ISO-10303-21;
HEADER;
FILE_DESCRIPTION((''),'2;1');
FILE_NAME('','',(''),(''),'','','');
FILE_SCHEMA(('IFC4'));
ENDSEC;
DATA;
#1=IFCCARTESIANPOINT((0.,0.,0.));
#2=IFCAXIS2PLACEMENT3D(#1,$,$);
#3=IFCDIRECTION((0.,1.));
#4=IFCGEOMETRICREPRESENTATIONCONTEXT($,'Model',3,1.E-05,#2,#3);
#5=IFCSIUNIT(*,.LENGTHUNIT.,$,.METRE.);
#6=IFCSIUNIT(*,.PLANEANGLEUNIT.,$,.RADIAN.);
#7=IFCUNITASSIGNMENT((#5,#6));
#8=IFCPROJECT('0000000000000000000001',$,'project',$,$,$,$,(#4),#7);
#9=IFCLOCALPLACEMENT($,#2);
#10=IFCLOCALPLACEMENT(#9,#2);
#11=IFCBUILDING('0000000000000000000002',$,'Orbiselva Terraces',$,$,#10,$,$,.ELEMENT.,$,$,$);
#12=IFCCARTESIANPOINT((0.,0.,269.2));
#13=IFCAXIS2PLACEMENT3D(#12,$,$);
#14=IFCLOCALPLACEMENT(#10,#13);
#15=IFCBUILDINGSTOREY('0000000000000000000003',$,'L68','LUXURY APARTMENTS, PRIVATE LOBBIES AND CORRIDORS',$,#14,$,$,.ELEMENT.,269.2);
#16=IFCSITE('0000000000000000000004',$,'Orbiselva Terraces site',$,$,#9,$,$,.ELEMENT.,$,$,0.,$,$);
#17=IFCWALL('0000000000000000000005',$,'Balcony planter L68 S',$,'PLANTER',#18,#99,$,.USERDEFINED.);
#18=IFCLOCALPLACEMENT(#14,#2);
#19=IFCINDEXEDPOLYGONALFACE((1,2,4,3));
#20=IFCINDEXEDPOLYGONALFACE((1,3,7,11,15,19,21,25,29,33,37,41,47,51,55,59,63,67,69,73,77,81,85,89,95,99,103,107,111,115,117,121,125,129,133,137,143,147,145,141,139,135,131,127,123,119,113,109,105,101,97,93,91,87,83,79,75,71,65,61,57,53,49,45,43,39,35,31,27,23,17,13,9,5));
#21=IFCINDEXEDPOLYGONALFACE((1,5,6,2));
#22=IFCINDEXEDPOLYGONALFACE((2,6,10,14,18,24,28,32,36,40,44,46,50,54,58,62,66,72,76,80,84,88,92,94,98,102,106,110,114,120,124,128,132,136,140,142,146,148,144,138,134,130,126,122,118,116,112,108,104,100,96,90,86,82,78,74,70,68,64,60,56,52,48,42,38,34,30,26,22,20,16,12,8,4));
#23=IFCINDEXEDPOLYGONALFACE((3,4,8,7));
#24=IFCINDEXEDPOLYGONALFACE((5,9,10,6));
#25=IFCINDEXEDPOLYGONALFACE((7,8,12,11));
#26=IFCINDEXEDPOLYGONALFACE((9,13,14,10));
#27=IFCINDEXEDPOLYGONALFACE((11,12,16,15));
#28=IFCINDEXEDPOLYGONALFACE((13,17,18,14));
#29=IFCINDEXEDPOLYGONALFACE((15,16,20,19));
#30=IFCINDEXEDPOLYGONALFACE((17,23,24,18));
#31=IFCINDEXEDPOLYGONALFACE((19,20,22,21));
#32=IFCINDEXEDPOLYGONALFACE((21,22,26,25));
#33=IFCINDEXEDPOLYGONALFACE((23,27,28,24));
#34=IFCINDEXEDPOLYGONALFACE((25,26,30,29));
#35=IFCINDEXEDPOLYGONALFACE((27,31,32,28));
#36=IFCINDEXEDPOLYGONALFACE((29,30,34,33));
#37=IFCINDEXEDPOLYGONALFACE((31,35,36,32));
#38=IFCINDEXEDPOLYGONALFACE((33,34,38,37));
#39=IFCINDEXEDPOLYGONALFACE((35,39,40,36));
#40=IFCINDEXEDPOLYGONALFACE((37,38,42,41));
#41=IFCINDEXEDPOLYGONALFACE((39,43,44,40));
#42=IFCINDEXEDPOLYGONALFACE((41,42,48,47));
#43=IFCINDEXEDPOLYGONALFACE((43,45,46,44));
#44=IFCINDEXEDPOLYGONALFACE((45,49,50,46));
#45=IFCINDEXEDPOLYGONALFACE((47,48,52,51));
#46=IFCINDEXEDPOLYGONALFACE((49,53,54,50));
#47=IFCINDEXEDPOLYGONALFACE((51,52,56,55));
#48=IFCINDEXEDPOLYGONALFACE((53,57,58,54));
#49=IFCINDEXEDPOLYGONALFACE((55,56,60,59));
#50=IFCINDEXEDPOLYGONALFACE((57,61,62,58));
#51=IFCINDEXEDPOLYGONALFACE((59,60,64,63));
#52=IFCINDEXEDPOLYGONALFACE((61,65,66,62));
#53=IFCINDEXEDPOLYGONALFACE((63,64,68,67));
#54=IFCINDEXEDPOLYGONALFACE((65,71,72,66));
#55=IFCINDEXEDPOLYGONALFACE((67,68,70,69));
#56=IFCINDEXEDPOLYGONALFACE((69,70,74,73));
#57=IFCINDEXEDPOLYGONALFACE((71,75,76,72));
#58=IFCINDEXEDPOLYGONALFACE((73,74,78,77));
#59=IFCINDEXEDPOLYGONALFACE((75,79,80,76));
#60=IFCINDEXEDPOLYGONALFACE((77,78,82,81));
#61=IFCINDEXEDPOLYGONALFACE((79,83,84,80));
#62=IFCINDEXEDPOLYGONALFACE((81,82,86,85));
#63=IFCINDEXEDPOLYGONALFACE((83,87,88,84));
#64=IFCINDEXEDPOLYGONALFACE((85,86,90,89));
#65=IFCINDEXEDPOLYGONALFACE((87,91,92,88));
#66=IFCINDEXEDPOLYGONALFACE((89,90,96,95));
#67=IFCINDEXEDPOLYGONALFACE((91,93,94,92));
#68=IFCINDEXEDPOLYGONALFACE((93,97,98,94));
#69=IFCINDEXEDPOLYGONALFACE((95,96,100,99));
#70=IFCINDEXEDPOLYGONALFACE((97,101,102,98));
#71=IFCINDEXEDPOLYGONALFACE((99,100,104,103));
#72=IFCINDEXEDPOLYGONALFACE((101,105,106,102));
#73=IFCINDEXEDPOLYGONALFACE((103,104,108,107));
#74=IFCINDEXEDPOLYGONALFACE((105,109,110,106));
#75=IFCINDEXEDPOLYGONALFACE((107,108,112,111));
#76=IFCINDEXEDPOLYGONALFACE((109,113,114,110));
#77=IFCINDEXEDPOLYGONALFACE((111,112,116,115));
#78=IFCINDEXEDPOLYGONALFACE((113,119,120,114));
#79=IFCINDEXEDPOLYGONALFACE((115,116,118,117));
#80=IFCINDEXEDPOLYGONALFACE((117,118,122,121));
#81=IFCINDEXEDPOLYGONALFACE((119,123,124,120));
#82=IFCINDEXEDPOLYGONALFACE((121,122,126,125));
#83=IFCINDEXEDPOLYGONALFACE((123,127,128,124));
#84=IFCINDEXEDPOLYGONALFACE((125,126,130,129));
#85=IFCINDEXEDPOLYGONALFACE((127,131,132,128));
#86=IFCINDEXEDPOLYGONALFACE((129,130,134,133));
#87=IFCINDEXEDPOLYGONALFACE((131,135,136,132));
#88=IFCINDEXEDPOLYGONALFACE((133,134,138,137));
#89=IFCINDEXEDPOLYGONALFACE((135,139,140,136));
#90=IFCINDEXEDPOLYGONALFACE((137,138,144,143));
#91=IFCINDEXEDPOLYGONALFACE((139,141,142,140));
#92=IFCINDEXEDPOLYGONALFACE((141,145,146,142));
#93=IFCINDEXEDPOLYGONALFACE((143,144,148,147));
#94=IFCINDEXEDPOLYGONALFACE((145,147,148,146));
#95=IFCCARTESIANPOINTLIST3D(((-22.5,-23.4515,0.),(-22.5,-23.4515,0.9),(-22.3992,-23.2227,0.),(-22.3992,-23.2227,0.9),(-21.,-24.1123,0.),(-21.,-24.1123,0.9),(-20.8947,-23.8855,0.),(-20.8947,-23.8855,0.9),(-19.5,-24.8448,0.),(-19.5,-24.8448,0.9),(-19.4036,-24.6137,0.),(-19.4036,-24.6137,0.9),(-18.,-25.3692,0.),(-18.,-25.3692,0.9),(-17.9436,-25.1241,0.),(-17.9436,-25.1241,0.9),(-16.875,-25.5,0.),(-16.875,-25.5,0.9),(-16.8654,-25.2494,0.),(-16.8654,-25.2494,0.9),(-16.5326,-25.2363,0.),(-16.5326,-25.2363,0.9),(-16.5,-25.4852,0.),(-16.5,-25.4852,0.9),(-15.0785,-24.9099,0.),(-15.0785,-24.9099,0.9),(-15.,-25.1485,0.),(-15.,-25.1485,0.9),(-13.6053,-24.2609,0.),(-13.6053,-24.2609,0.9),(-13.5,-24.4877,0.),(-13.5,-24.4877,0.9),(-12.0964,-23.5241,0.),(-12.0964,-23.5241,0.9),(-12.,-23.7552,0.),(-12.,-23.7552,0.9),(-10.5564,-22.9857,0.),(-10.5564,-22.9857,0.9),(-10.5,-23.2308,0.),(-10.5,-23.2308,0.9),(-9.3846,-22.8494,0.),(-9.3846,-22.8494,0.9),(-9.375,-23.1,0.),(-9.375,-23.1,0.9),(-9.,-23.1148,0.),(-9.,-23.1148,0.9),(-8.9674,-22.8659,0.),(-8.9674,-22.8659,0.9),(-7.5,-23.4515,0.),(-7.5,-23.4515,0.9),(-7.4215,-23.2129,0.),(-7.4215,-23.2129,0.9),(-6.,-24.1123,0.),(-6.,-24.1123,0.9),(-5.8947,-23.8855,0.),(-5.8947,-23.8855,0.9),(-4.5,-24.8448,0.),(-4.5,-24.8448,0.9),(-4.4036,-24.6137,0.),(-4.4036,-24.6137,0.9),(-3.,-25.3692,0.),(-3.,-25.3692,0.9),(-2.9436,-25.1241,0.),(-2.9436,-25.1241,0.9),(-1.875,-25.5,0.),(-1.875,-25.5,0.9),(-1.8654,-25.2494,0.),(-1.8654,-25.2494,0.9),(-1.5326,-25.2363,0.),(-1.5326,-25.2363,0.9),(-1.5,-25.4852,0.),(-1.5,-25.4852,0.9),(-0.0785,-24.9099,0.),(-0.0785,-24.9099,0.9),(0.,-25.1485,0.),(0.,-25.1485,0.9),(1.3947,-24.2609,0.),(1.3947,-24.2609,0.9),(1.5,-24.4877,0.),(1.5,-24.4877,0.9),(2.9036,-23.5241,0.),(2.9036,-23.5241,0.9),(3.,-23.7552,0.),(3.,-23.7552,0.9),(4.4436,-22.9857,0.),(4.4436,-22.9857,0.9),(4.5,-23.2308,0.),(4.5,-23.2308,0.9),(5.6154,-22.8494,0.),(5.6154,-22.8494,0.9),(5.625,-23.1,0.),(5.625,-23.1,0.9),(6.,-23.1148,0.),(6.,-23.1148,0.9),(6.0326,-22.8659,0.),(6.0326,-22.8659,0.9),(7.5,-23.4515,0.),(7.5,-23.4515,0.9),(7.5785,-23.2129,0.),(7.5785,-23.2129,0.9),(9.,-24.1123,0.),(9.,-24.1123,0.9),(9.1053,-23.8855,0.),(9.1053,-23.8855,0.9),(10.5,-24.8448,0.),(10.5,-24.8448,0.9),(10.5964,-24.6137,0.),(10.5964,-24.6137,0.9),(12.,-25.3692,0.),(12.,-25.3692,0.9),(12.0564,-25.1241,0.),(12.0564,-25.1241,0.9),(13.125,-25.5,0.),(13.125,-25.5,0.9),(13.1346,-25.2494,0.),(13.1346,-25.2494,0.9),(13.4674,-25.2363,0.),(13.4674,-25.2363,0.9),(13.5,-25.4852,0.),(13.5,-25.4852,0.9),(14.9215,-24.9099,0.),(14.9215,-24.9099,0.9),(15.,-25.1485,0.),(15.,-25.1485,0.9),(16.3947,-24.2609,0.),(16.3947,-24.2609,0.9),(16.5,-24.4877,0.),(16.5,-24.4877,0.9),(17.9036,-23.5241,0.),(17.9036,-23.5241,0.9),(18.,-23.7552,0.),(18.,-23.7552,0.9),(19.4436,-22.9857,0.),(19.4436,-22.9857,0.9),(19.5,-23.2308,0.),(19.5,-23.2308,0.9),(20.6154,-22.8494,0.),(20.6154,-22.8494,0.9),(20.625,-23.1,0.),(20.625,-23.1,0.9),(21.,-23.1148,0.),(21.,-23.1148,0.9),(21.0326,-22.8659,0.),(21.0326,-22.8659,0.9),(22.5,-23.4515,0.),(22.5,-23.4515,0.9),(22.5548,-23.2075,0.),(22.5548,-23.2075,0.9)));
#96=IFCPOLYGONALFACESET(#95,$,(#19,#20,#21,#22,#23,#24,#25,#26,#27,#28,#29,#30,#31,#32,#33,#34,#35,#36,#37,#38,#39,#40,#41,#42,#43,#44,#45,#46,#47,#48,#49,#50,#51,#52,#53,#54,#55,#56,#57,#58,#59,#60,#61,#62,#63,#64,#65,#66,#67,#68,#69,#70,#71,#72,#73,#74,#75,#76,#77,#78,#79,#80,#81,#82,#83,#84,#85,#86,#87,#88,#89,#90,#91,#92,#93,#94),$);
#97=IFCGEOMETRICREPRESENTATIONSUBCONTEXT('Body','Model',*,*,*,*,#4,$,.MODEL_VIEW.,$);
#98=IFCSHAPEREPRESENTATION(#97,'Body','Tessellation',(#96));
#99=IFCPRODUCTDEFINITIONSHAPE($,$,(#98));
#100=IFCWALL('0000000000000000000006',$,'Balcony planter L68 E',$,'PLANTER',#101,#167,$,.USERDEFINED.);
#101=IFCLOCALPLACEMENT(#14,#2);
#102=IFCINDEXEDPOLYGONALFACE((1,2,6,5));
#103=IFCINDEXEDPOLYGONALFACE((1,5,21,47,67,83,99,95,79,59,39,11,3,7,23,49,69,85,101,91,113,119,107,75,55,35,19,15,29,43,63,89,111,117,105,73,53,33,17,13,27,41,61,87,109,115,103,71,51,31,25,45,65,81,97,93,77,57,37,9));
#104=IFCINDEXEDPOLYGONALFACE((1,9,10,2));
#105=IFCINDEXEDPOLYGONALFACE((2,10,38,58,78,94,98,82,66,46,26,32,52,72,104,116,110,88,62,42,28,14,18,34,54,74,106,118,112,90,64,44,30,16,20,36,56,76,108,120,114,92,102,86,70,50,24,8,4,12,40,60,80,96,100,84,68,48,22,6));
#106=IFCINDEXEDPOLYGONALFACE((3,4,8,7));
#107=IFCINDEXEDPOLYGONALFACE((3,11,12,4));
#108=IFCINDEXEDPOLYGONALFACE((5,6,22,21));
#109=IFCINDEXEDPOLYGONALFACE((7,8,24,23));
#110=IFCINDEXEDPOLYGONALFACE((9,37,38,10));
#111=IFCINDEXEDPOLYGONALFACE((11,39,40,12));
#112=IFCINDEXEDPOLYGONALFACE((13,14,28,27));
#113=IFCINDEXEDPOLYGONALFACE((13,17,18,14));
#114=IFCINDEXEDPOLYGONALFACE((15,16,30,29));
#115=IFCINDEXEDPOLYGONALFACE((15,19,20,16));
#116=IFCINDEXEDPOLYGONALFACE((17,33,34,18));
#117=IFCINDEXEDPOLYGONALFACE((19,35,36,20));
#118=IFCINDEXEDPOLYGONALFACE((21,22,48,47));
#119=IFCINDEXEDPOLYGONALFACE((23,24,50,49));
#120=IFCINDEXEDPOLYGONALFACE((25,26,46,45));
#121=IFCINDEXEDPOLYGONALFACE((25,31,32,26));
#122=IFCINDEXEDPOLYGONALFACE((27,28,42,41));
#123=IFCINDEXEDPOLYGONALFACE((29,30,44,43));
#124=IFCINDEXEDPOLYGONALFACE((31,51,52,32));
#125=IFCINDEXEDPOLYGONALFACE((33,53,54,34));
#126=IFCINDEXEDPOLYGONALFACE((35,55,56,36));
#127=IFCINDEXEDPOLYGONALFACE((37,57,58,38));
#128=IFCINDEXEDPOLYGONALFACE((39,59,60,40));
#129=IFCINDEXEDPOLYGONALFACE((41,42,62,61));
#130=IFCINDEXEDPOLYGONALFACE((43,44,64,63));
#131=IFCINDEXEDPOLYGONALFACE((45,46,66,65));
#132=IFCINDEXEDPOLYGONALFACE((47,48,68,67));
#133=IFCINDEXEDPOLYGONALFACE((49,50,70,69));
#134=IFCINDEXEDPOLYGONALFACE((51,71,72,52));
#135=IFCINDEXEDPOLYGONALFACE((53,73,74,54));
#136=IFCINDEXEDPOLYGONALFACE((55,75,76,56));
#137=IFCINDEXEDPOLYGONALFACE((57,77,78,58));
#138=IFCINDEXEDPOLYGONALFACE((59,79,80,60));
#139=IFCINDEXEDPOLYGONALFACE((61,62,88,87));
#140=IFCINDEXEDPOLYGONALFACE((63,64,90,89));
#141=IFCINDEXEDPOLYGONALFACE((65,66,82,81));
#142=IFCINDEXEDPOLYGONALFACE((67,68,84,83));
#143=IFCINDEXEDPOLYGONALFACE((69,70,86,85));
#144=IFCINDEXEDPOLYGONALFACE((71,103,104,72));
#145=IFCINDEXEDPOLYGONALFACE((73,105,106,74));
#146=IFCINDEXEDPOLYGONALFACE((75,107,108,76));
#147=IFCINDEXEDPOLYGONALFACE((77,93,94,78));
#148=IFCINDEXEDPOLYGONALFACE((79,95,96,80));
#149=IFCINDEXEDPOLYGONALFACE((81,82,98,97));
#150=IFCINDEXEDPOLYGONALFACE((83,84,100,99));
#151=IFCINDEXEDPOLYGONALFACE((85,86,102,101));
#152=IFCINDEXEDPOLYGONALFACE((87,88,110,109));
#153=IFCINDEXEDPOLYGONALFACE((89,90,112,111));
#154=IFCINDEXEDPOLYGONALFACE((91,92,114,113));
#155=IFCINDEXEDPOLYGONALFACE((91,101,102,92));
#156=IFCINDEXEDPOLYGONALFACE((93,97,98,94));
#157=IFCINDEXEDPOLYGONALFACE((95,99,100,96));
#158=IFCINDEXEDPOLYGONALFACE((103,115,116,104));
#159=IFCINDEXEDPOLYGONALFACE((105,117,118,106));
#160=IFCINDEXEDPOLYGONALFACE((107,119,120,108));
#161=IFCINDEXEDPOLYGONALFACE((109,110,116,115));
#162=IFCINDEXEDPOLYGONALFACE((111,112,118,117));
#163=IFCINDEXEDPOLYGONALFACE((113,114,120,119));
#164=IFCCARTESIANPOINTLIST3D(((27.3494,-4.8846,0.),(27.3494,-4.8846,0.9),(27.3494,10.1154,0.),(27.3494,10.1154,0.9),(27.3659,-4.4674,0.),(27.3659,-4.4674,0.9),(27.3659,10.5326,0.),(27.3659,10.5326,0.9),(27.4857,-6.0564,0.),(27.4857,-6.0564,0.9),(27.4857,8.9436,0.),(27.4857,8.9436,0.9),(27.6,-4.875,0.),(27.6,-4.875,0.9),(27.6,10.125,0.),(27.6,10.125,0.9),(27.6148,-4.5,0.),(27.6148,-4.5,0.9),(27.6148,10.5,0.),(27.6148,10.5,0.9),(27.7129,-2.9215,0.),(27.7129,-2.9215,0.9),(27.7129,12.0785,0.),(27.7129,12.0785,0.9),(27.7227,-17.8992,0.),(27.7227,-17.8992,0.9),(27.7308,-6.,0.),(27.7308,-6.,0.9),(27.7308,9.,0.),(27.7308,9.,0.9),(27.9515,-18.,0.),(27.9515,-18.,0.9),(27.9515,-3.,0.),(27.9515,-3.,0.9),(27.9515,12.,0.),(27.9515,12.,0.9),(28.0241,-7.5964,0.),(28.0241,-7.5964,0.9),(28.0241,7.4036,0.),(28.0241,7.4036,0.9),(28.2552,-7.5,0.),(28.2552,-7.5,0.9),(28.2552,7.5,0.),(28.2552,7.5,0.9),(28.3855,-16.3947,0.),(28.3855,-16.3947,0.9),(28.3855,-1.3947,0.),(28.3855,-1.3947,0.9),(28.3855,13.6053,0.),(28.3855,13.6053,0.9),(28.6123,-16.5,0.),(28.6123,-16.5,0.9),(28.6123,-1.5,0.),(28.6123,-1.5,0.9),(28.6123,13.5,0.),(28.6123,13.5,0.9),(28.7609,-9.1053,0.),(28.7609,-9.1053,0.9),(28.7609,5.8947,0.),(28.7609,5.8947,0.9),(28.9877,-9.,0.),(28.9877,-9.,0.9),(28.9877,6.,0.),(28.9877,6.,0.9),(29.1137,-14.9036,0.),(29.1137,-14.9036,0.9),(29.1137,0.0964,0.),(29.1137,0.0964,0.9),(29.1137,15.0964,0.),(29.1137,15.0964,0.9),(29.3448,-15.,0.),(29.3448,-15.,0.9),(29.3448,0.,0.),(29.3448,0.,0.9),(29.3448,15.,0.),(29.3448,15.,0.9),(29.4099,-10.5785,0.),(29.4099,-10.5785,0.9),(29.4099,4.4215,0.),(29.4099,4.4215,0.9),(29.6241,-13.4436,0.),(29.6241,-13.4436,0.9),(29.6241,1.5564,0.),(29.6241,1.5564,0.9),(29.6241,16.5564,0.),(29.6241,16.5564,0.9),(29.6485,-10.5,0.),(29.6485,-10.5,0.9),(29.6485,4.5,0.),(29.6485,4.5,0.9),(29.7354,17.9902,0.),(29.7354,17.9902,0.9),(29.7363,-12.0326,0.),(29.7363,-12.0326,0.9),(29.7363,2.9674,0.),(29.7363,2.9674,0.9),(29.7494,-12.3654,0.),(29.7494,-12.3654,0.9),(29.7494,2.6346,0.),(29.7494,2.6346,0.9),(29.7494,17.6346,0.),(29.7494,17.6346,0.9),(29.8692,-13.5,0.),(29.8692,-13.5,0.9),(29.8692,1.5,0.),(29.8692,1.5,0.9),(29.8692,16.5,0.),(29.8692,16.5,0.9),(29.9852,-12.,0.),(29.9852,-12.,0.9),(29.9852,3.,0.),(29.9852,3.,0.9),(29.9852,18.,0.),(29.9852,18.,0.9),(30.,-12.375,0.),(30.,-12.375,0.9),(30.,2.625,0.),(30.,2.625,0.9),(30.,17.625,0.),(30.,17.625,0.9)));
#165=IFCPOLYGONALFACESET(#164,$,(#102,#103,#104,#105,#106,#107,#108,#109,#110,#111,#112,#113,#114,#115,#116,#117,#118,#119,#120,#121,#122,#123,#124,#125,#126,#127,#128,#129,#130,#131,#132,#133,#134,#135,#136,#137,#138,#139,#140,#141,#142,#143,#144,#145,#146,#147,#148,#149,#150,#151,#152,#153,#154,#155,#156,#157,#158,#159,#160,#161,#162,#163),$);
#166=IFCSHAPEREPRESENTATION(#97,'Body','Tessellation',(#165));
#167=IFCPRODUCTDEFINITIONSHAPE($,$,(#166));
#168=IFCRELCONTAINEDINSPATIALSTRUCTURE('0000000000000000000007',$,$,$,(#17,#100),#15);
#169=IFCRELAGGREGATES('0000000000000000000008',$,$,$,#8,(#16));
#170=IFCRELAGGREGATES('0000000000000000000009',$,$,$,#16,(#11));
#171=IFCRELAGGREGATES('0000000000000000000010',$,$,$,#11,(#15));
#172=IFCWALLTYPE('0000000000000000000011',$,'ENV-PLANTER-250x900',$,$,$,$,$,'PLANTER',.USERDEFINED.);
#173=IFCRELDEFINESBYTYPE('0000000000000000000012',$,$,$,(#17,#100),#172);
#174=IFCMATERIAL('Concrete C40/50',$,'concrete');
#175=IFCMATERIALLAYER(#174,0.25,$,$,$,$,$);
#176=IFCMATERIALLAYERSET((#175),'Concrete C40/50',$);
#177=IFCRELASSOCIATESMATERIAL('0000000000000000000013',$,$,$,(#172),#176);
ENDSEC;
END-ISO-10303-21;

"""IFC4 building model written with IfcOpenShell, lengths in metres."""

from ifc_helpers import new_model, si_unit, direction, frame, origin, place, context, subcontext, project, spatial, polyline, outline, extrude, material, layer, layer_set, type_object, element, save


model = new_model("IFC4")

# Units and contexts
model_context = context("Model", 3, precision=1e-05, world=origin(), true_north=direction((0.0, 1.0)))
body_context = subcontext(model_context, "Body", "Model", "MODEL_VIEW")
ifc_project = project(units=[si_unit("LENGTHUNIT", "METRE"), si_unit("PLANEANGLEUNIT", "RADIAN")], contexts=[model_context])

# Site, building, storey
site_placement = place(None, origin())
site = spatial("IfcSite", under=ifc_project, at=site_placement, Name="Orbiselva Terraces site", CompositionType="ELEMENT", RefElevation=0.0)
building_placement = place(site_placement, origin())
building = spatial("IfcBuilding", under=site, at=building_placement, Name="Orbiselva Terraces", CompositionType="ELEMENT")
storey_placement = place(building_placement, frame((0.0, 0.0, 269.2)))
storey = spatial("IfcBuildingStorey", under=building, at=storey_placement, Name="L68", Description="LUXURY APARTMENTS, PRIVATE LOBBIES AND CORRIDORS", CompositionType="ELEMENT", Elevation=269.2)

# Shared definitions
ifc_material_1 = material(Name="Concrete C40/50", Category="concrete")

# Walls
ifc_layer_1 = layer(ifc_material_1, 0.25)
ifc_layer_set_1 = layer_set([ifc_layer_1], Name="Concrete C40/50")
wall_type_1 = type_object("IfcWallType", Name="ENV-PLANTER-250x900", ElementType="PLANTER", PredefinedType="USERDEFINED", material=ifc_layer_set_1)
wall_1_placement = place(storey_placement, origin())
element("IfcWall", 1, at=wall_1_placement, inside=storey, type_object=wall_type_1, Name="Balcony planter L68 S", ObjectType="PLANTER", PredefinedType="USERDEFINED", context=body_context, shape_type="SweptSolid", body=[
    extrude(outline(polyline([(-22.5, -23.4515), (-21.0, -24.1123), (-19.5, -24.8448), (-18.0, -25.3692), (-16.875, -25.5), (-16.5, -25.4852), (-15.0, -25.1485), (-13.5, -24.4877), (-12.0, -23.7552), (-10.5, -23.2308), (-9.375, -23.1), (-9.0, -23.1148), (-7.5, -23.4515), (-6.0, -24.1123), (-4.5, -24.8448), (-3.0, -25.3692), (-1.875, -25.5), (-1.5, -25.4852), (0.0, -25.1485), (1.5, -24.4877), (3.0, -23.7552), (4.5, -23.2308), (5.625, -23.1), (6.0, -23.1148), (7.5, -23.4515), (9.0, -24.1123), (10.5, -24.8448), (12.0, -25.3692), (13.125, -25.5), (13.5, -25.4852), (15.0, -25.1485), (16.5, -24.4877), (18.0, -23.7552), (19.5, -23.2308), (20.625, -23.1), (21.0, -23.1148), (22.5, -23.4515), (22.5548, -23.2075), (21.0326, -22.8659), (20.6154, -22.8494), (19.4436, -22.9857), (17.9036, -23.5241), (16.3947, -24.2609), (14.9215, -24.9099), (13.4674, -25.2363), (13.1346, -25.2494), (12.0564, -25.1241), (10.5964, -24.6137), (9.1053, -23.8855), (7.5785, -23.2129), (6.0326, -22.8659), (5.6154, -22.8494), (4.4436, -22.9857), (2.9036, -23.5241), (1.3947, -24.2609), (-0.0785, -24.9099), (-1.5326, -25.2363), (-1.8654, -25.2494), (-2.9436, -25.1241), (-4.4036, -24.6137), (-5.8947, -23.8855), (-7.4215, -23.2129), (-8.9674, -22.8659), (-9.3846, -22.8494), (-10.5564, -22.9857), (-12.0964, -23.5241), (-13.6053, -24.2609), (-15.0785, -24.9099), (-16.5326, -25.2363), (-16.8654, -25.2494), (-17.9436, -25.1241), (-19.4036, -24.6137), (-20.8947, -23.8855), (-22.3992, -23.2227), (-22.5, -23.4515)])), origin(), (0.0, 0.0, 1.0), 0.9),
])
wall_2_placement = place(storey_placement, origin())
element("IfcWall", 2, at=wall_2_placement, inside=storey, type_object=wall_type_1, Name="Balcony planter L68 E", ObjectType="PLANTER", PredefinedType="USERDEFINED", context=body_context, shape_type="SweptSolid", body=[
    extrude(outline(polyline([(27.9515, -18.0), (28.6123, -16.5), (29.3448, -15.0), (29.8692, -13.5), (30.0, -12.375), (29.9852, -12.0), (29.6485, -10.5), (28.9877, -9.0), (28.2552, -7.5), (27.7308, -6.0), (27.6, -4.875), (27.6148, -4.5), (27.9515, -3.0), (28.6123, -1.5), (29.3448, 0.0), (29.8692, 1.5), (30.0, 2.625), (29.9852, 3.0), (29.6485, 4.5), (28.9877, 6.0), (28.2552, 7.5), (27.7308, 9.0), (27.6, 10.125), (27.6148, 10.5), (27.9515, 12.0), (28.6123, 13.5), (29.3448, 15.0), (29.8692, 16.5), (30.0, 17.625), (29.9852, 18.0), (29.7354, 17.9902), (29.7494, 17.6346), (29.6241, 16.5564), (29.1137, 15.0964), (28.3855, 13.6053), (27.7129, 12.0785), (27.3659, 10.5326), (27.3494, 10.1154), (27.4857, 8.9436), (28.0241, 7.4036), (28.7609, 5.8947), (29.4099, 4.4215), (29.7363, 2.9674), (29.7494, 2.6346), (29.6241, 1.5564), (29.1137, 0.0964), (28.3855, -1.3947), (27.7129, -2.9215), (27.3659, -4.4674), (27.3494, -4.8846), (27.4857, -6.0564), (28.0241, -7.5964), (28.7609, -9.1053), (29.4099, -10.5785), (29.7363, -12.0326), (29.7494, -12.3654), (29.6241, -13.4436), (29.1137, -14.9036), (28.3855, -16.3947), (27.7227, -17.8992), (27.9515, -18.0)])), origin(), (0.0, 0.0, 1.0), 0.9),
])

save(model, "model.ifc")
